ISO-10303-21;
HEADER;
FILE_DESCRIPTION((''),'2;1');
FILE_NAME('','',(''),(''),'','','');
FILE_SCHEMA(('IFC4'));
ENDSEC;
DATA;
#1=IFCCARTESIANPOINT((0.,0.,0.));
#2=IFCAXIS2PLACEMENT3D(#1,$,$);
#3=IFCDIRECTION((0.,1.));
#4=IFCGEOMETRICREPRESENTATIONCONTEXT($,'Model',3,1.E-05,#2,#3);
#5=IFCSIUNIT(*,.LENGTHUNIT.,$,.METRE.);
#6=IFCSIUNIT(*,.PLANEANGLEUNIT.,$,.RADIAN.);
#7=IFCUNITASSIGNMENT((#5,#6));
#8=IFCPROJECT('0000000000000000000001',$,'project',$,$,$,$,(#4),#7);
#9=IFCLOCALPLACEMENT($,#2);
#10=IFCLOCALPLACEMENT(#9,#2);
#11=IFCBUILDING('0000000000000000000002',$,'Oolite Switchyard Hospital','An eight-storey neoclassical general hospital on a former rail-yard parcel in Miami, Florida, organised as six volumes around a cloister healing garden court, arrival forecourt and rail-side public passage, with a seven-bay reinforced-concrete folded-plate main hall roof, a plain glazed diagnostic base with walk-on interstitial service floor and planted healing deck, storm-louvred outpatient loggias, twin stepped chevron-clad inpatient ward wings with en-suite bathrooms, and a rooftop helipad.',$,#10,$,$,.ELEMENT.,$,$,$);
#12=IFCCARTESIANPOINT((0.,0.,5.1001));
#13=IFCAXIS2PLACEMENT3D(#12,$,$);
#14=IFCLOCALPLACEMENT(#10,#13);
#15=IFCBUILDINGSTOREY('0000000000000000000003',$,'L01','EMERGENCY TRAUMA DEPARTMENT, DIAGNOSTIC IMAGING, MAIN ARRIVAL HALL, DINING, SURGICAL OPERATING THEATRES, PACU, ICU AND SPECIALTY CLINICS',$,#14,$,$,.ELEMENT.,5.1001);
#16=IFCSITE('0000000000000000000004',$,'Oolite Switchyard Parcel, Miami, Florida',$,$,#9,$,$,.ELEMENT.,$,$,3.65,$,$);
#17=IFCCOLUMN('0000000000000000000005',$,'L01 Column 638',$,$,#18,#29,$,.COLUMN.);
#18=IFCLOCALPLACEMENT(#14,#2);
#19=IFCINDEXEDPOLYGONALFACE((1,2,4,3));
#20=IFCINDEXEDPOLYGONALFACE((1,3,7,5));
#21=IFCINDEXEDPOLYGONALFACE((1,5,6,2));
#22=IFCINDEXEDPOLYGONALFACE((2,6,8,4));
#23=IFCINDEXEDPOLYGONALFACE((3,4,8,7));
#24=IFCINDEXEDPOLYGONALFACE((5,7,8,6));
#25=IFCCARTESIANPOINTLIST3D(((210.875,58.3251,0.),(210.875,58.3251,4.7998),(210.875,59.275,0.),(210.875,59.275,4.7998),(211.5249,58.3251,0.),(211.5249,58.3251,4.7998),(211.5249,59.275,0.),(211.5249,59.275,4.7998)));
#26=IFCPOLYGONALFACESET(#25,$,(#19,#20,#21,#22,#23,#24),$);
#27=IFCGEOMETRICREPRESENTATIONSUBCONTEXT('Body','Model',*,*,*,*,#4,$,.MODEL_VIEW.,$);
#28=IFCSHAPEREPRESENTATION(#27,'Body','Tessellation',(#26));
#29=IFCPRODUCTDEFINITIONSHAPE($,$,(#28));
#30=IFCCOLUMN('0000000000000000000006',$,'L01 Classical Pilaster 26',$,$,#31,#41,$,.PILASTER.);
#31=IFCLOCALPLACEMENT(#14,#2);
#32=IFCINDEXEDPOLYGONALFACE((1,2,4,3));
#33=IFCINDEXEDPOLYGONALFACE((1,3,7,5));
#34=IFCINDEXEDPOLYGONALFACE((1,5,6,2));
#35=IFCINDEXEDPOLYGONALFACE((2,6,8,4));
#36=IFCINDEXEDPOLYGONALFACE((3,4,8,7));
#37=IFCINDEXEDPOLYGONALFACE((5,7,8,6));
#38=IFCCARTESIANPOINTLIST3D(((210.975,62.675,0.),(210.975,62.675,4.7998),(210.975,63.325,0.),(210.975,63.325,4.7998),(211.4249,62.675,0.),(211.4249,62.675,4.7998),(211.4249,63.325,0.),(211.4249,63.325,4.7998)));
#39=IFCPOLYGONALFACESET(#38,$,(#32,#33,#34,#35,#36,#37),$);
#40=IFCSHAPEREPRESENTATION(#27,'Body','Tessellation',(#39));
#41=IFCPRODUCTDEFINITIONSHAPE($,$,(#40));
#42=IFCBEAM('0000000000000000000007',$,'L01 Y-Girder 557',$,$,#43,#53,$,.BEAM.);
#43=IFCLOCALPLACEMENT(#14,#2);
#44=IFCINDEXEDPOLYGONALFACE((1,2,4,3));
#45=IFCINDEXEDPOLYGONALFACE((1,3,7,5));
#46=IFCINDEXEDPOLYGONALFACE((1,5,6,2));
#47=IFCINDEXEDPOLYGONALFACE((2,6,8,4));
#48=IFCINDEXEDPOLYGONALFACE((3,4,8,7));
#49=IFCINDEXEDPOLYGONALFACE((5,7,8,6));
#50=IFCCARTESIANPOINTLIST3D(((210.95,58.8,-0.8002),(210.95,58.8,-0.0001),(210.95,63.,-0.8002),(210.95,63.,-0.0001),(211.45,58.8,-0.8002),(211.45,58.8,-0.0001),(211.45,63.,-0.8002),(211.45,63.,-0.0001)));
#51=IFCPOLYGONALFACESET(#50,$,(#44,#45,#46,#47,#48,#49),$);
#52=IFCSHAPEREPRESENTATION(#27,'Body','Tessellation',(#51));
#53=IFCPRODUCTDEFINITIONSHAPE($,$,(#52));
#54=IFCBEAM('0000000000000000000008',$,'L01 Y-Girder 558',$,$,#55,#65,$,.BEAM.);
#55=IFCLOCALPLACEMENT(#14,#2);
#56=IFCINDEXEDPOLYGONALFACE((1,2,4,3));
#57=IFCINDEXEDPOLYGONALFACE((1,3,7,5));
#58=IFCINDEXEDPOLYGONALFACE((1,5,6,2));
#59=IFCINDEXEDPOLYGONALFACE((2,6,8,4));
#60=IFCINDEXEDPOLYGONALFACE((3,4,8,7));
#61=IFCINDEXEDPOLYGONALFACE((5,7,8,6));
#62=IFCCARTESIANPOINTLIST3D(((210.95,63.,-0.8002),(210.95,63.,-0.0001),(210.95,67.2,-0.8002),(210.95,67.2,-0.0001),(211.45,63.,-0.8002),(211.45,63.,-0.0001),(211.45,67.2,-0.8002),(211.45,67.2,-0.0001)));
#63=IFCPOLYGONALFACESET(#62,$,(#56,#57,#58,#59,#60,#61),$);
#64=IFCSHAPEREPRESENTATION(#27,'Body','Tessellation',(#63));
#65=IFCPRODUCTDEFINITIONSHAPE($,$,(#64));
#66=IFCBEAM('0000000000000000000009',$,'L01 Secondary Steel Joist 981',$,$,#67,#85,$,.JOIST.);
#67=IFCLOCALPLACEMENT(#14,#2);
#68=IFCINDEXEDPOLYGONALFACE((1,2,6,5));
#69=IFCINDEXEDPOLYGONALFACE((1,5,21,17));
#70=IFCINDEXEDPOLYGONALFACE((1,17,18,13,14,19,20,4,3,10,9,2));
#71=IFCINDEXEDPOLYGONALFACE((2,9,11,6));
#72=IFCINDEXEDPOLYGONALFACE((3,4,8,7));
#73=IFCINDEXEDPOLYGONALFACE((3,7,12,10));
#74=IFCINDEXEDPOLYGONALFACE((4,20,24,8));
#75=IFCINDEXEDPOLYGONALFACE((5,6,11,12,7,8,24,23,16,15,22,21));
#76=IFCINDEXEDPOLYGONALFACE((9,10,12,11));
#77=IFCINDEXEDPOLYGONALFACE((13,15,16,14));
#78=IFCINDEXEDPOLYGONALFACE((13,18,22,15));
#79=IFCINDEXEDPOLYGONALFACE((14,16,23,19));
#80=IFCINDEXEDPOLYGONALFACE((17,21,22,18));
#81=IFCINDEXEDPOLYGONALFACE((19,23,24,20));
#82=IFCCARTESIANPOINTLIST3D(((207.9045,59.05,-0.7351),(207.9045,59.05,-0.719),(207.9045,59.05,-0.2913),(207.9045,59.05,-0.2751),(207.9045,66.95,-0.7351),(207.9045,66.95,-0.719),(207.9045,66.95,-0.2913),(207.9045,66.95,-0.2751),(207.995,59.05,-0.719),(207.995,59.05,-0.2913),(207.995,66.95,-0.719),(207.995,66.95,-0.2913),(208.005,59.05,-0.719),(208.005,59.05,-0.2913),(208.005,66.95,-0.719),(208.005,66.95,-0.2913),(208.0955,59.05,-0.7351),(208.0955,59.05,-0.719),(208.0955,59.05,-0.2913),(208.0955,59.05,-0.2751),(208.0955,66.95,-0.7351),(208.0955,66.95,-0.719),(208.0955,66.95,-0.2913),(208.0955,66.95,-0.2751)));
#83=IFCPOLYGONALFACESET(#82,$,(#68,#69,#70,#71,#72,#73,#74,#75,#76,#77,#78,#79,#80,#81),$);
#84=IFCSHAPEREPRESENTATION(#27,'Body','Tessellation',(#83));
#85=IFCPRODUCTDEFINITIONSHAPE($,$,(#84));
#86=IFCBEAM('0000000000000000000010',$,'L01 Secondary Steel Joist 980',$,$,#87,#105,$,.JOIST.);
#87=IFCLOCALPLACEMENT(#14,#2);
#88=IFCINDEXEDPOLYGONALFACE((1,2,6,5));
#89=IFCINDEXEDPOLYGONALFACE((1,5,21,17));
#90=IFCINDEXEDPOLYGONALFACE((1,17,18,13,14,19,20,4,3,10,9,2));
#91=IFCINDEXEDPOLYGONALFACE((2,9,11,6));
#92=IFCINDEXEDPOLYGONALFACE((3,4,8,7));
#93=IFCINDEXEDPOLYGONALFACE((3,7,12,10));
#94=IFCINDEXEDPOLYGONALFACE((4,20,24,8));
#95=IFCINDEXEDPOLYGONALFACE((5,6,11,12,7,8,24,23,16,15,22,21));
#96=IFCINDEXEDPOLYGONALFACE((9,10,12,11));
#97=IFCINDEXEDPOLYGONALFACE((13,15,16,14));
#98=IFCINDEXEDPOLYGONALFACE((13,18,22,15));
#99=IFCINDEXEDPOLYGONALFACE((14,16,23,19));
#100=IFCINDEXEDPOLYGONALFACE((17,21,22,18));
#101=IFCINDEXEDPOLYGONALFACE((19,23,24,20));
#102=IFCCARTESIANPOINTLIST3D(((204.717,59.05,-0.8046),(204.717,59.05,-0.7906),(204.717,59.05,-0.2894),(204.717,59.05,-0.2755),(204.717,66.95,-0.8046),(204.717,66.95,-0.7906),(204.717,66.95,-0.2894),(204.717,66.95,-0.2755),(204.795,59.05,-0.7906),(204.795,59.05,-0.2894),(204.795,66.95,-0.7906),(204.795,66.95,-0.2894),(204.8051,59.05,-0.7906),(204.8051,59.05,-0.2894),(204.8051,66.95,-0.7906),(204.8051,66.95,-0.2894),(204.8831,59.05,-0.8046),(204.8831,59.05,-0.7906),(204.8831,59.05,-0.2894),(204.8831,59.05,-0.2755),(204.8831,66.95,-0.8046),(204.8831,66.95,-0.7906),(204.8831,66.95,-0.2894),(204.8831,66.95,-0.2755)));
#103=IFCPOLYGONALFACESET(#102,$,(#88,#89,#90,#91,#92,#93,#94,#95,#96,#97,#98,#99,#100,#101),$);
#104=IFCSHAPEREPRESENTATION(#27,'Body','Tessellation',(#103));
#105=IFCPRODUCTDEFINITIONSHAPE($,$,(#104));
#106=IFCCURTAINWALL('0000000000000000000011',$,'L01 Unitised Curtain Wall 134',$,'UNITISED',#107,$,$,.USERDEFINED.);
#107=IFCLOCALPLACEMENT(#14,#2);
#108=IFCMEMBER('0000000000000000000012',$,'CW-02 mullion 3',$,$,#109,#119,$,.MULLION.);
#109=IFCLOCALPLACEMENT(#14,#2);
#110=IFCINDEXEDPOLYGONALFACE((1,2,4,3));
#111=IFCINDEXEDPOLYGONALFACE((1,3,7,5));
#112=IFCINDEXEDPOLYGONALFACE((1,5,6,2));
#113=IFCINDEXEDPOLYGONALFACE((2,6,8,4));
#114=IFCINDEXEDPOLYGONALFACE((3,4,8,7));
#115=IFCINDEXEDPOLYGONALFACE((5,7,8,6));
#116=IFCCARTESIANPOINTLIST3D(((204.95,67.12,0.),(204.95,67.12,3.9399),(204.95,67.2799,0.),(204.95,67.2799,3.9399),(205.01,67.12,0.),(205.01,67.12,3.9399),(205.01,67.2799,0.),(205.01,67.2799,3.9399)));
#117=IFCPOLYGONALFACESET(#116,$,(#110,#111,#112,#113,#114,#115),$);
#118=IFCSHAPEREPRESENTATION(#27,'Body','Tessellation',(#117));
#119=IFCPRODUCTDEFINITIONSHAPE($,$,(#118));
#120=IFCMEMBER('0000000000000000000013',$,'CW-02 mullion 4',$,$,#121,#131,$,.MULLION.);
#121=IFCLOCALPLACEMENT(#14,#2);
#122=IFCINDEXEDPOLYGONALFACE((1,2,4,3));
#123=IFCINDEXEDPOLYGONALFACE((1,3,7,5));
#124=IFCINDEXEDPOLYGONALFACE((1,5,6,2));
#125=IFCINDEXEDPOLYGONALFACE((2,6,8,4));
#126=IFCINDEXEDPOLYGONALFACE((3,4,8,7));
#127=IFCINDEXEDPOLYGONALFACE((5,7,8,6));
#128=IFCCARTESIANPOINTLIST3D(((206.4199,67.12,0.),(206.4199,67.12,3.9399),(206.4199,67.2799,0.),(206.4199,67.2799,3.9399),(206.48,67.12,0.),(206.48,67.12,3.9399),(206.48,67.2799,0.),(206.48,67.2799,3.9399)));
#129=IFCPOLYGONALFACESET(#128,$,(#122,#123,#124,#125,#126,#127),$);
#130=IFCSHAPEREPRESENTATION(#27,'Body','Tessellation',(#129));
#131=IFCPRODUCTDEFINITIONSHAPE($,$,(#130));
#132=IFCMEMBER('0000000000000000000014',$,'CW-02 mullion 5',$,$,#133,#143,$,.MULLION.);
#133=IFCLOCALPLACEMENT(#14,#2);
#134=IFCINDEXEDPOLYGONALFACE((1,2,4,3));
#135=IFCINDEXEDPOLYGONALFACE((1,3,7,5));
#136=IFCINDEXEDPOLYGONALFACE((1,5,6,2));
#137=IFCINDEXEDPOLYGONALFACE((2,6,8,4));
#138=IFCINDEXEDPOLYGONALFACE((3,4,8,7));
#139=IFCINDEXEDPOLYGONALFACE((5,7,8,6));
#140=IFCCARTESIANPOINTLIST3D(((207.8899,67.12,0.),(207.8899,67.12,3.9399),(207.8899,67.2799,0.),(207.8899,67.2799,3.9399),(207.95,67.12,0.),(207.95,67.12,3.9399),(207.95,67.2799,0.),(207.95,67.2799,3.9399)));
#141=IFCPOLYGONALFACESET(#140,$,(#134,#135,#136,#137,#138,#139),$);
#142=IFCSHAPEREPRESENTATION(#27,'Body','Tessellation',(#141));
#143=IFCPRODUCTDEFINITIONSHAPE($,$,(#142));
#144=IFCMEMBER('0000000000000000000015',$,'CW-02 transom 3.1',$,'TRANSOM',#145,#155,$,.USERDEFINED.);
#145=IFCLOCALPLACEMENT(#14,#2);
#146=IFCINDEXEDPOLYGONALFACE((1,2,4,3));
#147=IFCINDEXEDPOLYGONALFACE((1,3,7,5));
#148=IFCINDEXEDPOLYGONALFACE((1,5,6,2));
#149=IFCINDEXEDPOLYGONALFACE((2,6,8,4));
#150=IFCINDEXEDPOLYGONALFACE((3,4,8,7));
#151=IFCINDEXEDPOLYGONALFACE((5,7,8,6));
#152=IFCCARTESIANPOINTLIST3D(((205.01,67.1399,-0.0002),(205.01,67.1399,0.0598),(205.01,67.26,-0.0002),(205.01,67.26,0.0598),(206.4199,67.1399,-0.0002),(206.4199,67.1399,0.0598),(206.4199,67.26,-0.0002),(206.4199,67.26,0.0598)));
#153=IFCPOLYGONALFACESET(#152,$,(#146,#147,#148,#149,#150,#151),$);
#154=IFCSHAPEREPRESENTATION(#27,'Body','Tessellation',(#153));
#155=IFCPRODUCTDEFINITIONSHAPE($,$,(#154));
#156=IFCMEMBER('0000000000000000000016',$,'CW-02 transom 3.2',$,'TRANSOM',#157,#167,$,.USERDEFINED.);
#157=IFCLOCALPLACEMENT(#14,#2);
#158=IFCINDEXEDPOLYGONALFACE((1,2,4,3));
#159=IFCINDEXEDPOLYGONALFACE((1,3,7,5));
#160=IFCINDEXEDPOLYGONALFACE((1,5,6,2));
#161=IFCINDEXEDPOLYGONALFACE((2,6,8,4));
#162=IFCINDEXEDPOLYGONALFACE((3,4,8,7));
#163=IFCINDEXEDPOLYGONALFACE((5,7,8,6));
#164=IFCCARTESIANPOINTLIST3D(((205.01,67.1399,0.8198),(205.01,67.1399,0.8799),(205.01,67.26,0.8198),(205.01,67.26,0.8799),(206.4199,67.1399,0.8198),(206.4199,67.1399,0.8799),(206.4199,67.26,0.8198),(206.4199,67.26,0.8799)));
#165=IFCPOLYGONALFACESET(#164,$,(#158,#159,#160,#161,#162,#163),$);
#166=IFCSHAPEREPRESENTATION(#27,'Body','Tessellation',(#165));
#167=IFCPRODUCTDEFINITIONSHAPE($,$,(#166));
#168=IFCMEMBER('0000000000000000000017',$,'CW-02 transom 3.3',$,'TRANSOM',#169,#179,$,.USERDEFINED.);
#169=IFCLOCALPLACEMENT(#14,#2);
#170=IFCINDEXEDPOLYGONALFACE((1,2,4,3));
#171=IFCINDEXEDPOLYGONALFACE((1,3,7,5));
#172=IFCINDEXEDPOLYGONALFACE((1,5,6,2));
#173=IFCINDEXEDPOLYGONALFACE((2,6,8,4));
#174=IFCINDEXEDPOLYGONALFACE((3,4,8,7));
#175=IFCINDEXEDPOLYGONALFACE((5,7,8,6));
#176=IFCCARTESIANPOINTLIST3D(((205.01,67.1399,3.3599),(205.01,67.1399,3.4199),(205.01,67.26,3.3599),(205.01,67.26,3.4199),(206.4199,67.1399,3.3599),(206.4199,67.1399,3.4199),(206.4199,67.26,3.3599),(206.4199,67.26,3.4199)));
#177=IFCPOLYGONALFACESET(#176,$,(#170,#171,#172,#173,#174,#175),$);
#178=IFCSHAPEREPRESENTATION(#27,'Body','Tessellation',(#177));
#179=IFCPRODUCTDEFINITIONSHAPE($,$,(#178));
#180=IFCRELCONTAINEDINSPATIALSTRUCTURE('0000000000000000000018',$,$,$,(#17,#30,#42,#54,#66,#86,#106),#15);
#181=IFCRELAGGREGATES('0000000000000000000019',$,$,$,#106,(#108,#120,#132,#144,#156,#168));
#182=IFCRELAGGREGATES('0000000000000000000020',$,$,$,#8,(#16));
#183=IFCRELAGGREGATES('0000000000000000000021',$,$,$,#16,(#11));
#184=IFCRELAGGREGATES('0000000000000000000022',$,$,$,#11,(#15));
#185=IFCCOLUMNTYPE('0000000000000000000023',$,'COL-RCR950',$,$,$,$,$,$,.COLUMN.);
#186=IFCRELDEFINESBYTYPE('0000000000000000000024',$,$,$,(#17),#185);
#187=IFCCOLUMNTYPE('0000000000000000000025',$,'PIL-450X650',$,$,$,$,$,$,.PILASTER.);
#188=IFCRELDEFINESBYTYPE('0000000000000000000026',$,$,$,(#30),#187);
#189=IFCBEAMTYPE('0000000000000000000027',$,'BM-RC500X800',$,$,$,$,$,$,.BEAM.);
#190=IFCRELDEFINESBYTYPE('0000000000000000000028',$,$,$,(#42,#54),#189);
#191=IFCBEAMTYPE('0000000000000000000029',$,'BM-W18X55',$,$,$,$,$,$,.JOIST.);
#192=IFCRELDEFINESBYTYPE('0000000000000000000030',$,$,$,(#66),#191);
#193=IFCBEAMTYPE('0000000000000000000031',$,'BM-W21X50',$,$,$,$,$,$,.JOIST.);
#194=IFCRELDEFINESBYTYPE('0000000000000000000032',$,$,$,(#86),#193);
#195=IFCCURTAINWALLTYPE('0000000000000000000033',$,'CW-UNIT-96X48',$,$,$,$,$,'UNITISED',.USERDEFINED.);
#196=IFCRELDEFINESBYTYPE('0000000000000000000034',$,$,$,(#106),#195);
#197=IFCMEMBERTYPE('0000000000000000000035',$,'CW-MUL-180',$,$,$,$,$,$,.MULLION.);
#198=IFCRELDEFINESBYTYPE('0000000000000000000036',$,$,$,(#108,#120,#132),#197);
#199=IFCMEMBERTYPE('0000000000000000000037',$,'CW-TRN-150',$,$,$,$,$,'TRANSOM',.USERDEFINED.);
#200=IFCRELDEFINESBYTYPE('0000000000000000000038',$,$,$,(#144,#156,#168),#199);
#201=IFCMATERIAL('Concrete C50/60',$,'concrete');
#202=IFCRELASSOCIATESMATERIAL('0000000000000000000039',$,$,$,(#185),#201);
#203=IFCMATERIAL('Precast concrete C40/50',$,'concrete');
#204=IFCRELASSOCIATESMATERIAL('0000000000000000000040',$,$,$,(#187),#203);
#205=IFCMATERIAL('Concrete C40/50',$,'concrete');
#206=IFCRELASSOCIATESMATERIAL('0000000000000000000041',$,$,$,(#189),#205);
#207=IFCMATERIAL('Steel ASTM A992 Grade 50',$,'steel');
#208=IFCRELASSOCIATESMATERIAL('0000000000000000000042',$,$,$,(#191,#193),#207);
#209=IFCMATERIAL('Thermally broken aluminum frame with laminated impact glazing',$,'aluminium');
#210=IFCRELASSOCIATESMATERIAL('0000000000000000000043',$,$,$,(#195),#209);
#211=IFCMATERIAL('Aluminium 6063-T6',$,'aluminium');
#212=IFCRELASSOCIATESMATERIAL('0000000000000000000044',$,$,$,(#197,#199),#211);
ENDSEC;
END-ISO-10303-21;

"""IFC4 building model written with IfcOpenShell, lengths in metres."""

from ifc_helpers import new_model, si_unit, direction, frame, origin, origin_2d, place, context, subcontext, project, spatial, rectangle, i_section, extrude, material, material_profile, profile_set, type_object, element, aggregate, save


model = new_model("IFC4")

# Units and contexts
model_context = context("Model", 3, precision=1e-05, world=origin(), true_north=direction((0.0, 1.0)))
body_context = subcontext(model_context, "Body", "Model", "MODEL_VIEW")
ifc_project = project(units=[si_unit("LENGTHUNIT", "METRE"), si_unit("PLANEANGLEUNIT", "RADIAN")], contexts=[model_context])

# Site, building, storey
site_placement = place(None, origin())
site = spatial("IfcSite", under=ifc_project, at=site_placement, Name="Oolite Switchyard Parcel, Miami, Florida", CompositionType="ELEMENT", RefElevation=3.65)
building_placement = place(site_placement, origin())
building = spatial("IfcBuilding", under=site, at=building_placement, Name="Oolite Switchyard Hospital", Description="An eight-storey neoclassical general hospital on a former rail-yard parcel in Miami, Florida, organised as six volumes around a cloister healing garden court, arrival forecourt and rail-side public passage, with a seven-bay reinforced-concrete folded-plate main hall roof, a plain glazed diagnostic base with walk-on interstitial service floor and planted healing deck, storm-louvred outpatient loggias, twin stepped chevron-clad inpatient ward wings with en-suite bathrooms, and a rooftop helipad.", CompositionType="ELEMENT")
storey_placement = place(building_placement, frame((0.0, 0.0, 5.1001)))
storey = spatial("IfcBuildingStorey", under=building, at=storey_placement, Name="L01", Description="EMERGENCY TRAUMA DEPARTMENT, DIAGNOSTIC IMAGING, MAIN ARRIVAL HALL, DINING, SURGICAL OPERATING THEATRES, PACU, ICU AND SPECIALTY CLINICS", CompositionType="ELEMENT", Elevation=5.1001)

# Columns
ifc_material_1 = material(Name="Concrete C50/60", Category="concrete")
ifc_material_profile_1 = material_profile(ifc_material_1, rectangle(XDim=0.95, YDim=0.6499, at=origin_2d()), Name="RC950X650")
ifc_profile_set_1 = profile_set([ifc_material_profile_1], Name="Concrete C50/60")
column_type_1 = type_object("IfcColumnType", Name="COL-RCR950", PredefinedType="COLUMN", material=ifc_profile_set_1)
column_1_placement = place(storey_placement, frame((211.2, 58.8, 0.0), z_axis=(0.0, 0.0, 1.0), x_axis=(0.0, 1.0, 0.0)))
element("IfcColumn", 1, at=column_1_placement, inside=storey, type_object=column_type_1, Name="L01 Column 638", PredefinedType="COLUMN", context=body_context, shape_type="SweptSolid", body=[
    extrude(rectangle(XDim=0.95, YDim=0.6499, at=origin_2d()), origin(), (0.0, 0.0, 1.0), 4.7998),
])
ifc_material_2 = material(Name="Precast concrete C40/50", Category="concrete")
ifc_material_profile_2 = material_profile(ifc_material_2, rectangle(XDim=0.45, YDim=0.6499, at=origin_2d()), Name="PIL450X650")
ifc_profile_set_2 = profile_set([ifc_material_profile_2], Name="Precast concrete C40/50")
column_type_2 = type_object("IfcColumnType", Name="PIL-450X650", PredefinedType="PILASTER", material=ifc_profile_set_2)
column_2_placement = place(storey_placement, frame((211.2, 63.0, 0.0), z_axis=(0.0, 0.0, 1.0), x_axis=(1.0, 0.0, 0.0)))
element("IfcColumn", 2, at=column_2_placement, inside=storey, type_object=column_type_2, Name="L01 Classical Pilaster 26", PredefinedType="PILASTER", context=body_context, shape_type="SweptSolid", body=[
    extrude(rectangle(XDim=0.45, YDim=0.6499, at=origin_2d()), origin(), (0.0, 0.0, 1.0), 4.7998),
])

# Beams
ifc_material_3 = material(Name="Concrete C40/50", Category="concrete")
ifc_material_profile_3 = material_profile(ifc_material_3, rectangle(XDim=0.5, YDim=0.8, at=origin_2d()), Name="RCB500X800")
ifc_profile_set_3 = profile_set([ifc_material_profile_3], Name="Concrete C40/50")
beam_type_1 = type_object("IfcBeamType", Name="BM-RC500X800", PredefinedType="BEAM", material=ifc_profile_set_3)
for number, where, z_axis, x_axis, name in (
    (3, (211.2, 58.8, -0.4001), (0.0, 1.0, 0.0), (-1.0, 0.0, 0.0), "L01 Y-Girder 557"),
    (4, (211.2, 63.0, -0.4001), (0.0, 1.0, 0.0), (-1.0, 0.0, 0.0), "L01 Y-Girder 558"),
):
    element("IfcBeam", number, at=place(storey_placement, frame(where, z_axis=z_axis, x_axis=x_axis)), inside=storey, type_object=beam_type_1, Name=name, PredefinedType="BEAM", context=body_context, shape_type="SweptSolid", body=[
        extrude(rectangle(XDim=0.5, YDim=0.8, at=origin_2d()), origin(), (0.0, 0.0, 1.0), 4.2),
    ])
ifc_material_4 = material(Name="Steel ASTM A992 Grade 50", Category="steel")
ifc_material_profile_4 = material_profile(ifc_material_4, i_section(OverallWidth=0.1909, OverallDepth=0.46, WebThickness=0.01, FlangeThickness=0.0161, at=origin_2d()), Name="W18X55")
ifc_profile_set_4 = profile_set([ifc_material_profile_4], Name="Steel ASTM A992 Grade 50")
beam_type_2 = type_object("IfcBeamType", Name="BM-W18X55", PredefinedType="JOIST", material=ifc_profile_set_4)
beam_1_placement = place(storey_placement, frame((208.0, 59.05, -0.5051), z_axis=(0.0, 1.0, 0.0), x_axis=(-1.0, 0.0, 0.0)))
element("IfcBeam", 5, at=beam_1_placement, inside=storey, type_object=beam_type_2, Name="L01 Secondary Steel Joist 981", PredefinedType="JOIST", context=body_context, shape_type="SweptSolid", body=[
    extrude(i_section(OverallWidth=0.1909, OverallDepth=0.46, WebThickness=0.01, FlangeThickness=0.0161, at=origin_2d()), origin(), (0.0, 0.0, 1.0), 7.8999),
])
ifc_material_profile_5 = material_profile(ifc_material_4, i_section(OverallWidth=0.166, OverallDepth=0.5291, WebThickness=0.01, FlangeThickness=0.0139, at=origin_2d()), Name="W21X50")
ifc_profile_set_5 = profile_set([ifc_material_profile_5], Name="Steel ASTM A992 Grade 50")
beam_type_3 = type_object("IfcBeamType", Name="BM-W21X50", PredefinedType="JOIST", material=ifc_profile_set_5)
beam_2_placement = place(storey_placement, frame((204.8, 59.05, -0.54), z_axis=(0.0, 1.0, 0.0), x_axis=(-1.0, 0.0, 0.0)))
element("IfcBeam", 6, at=beam_2_placement, inside=storey, type_object=beam_type_3, Name="L01 Secondary Steel Joist 980", PredefinedType="JOIST", context=body_context, shape_type="SweptSolid", body=[
    extrude(i_section(OverallWidth=0.166, OverallDepth=0.5291, WebThickness=0.01, FlangeThickness=0.0139, at=origin_2d()), origin(), (0.0, 0.0, 1.0), 7.8999),
])

# Curtain wall, members
ifc_material_5 = material(Name="Thermally broken aluminum frame with laminated impact glazing", Category="aluminium")
curtain_wall_type = type_object("IfcCurtainWallType", Name="CW-UNIT-96X48", ElementType="UNITISED", PredefinedType="USERDEFINED", material=ifc_material_5)
curtain_wall_placement = place(storey_placement, origin())
curtain_wall = element("IfcCurtainWall", 7, at=curtain_wall_placement, inside=storey, type_object=curtain_wall_type, Name="L01 Unitised Curtain Wall 134", ObjectType="UNITISED", PredefinedType="USERDEFINED")
ifc_material_6 = material(Name="Aluminium 6063-T6", Category="aluminium")
ifc_material_profile_6 = material_profile(ifc_material_6, rectangle(XDim=0.1599, YDim=0.0601, at=origin_2d()), Name="CWM60X160")
ifc_profile_set_6 = profile_set([ifc_material_profile_6], Name="Aluminium 6063-T6")
member_type_1 = type_object("IfcMemberType", Name="CW-MUL-180", PredefinedType="MULLION", material=ifc_profile_set_6)
member_1_placement = place(storey_placement, frame((204.98, 67.2, 0.0), z_axis=(0.0, 0.0, 1.0), x_axis=(0.0, 1.0, 0.0)))
member_1 = element("IfcMember", 8, at=member_1_placement, type_object=member_type_1, Name="CW-02 mullion 3", PredefinedType="MULLION", context=body_context, shape_type="SweptSolid", body=[
    extrude(rectangle(XDim=0.1599, YDim=0.0601, at=origin_2d()), origin(), (0.0, 0.0, 1.0), 3.9399),
])
member_2_placement = place(storey_placement, frame((206.45, 67.2, 0.0), z_axis=(0.0, 0.0, 1.0), x_axis=(0.0, 1.0, 0.0)))
member_2 = element("IfcMember", 9, at=member_2_placement, type_object=member_type_1, Name="CW-02 mullion 4", PredefinedType="MULLION", context=body_context, shape_type="SweptSolid", body=[
    extrude(rectangle(XDim=0.1599, YDim=0.0601, at=origin_2d()), origin(), (0.0, 0.0, 1.0), 3.9399),
])
member_3_placement = place(storey_placement, frame((207.9199, 67.2, 0.0), z_axis=(0.0, 0.0, 1.0), x_axis=(0.0, 1.0, 0.0)))
member_3 = element("IfcMember", 10, at=member_3_placement, type_object=member_type_1, Name="CW-02 mullion 5", PredefinedType="MULLION", context=body_context, shape_type="SweptSolid", body=[
    extrude(rectangle(XDim=0.1599, YDim=0.0601, at=origin_2d()), origin(), (0.0, 0.0, 1.0), 3.9399),
])
ifc_material_profile_7 = material_profile(ifc_material_6, rectangle(XDim=0.1201, YDim=0.0601, at=origin_2d()), Name="CWT60X120")
ifc_profile_set_7 = profile_set([ifc_material_profile_7], Name="Aluminium 6063-T6")
member_type_2 = type_object("IfcMemberType", Name="CW-TRN-150", ElementType="TRANSOM", PredefinedType="USERDEFINED", material=ifc_profile_set_7)
member_4_placement = place(storey_placement, frame((205.01, 67.2, 0.0298), z_axis=(1.0, 0.0, 0.0), x_axis=(0.0, 1.0, 0.0)))
member_4 = element("IfcMember", 11, at=member_4_placement, type_object=member_type_2, Name="CW-02 transom 3.1", ObjectType="TRANSOM", PredefinedType="USERDEFINED", context=body_context, shape_type="SweptSolid", body=[
    extrude(rectangle(XDim=0.1201, YDim=0.0601, at=origin_2d()), origin(), (0.0, 0.0, 1.0), 1.4099),
])
member_5_placement = place(storey_placement, frame((205.01, 67.2, 0.8499), z_axis=(1.0, 0.0, 0.0), x_axis=(0.0, 1.0, 0.0)))
member_5 = element("IfcMember", 12, at=member_5_placement, type_object=member_type_2, Name="CW-02 transom 3.2", ObjectType="TRANSOM", PredefinedType="USERDEFINED", context=body_context, shape_type="SweptSolid", body=[
    extrude(rectangle(XDim=0.1201, YDim=0.0601, at=origin_2d()), origin(), (0.0, 0.0, 1.0), 1.4099),
])
member_6_placement = place(storey_placement, frame((205.01, 67.2, 3.3899), z_axis=(1.0, 0.0, 0.0), x_axis=(0.0, 1.0, 0.0)))
member_6 = element("IfcMember", 13, at=member_6_placement, type_object=member_type_2, Name="CW-02 transom 3.3", ObjectType="TRANSOM", PredefinedType="USERDEFINED", context=body_context, shape_type="SweptSolid", body=[
    extrude(rectangle(XDim=0.1201, YDim=0.0601, at=origin_2d()), origin(), (0.0, 0.0, 1.0), 1.4099),
])
aggregate(curtain_wall, [member_1, member_2, member_3, member_4, member_5, member_6])

save(model, "model.ifc")
